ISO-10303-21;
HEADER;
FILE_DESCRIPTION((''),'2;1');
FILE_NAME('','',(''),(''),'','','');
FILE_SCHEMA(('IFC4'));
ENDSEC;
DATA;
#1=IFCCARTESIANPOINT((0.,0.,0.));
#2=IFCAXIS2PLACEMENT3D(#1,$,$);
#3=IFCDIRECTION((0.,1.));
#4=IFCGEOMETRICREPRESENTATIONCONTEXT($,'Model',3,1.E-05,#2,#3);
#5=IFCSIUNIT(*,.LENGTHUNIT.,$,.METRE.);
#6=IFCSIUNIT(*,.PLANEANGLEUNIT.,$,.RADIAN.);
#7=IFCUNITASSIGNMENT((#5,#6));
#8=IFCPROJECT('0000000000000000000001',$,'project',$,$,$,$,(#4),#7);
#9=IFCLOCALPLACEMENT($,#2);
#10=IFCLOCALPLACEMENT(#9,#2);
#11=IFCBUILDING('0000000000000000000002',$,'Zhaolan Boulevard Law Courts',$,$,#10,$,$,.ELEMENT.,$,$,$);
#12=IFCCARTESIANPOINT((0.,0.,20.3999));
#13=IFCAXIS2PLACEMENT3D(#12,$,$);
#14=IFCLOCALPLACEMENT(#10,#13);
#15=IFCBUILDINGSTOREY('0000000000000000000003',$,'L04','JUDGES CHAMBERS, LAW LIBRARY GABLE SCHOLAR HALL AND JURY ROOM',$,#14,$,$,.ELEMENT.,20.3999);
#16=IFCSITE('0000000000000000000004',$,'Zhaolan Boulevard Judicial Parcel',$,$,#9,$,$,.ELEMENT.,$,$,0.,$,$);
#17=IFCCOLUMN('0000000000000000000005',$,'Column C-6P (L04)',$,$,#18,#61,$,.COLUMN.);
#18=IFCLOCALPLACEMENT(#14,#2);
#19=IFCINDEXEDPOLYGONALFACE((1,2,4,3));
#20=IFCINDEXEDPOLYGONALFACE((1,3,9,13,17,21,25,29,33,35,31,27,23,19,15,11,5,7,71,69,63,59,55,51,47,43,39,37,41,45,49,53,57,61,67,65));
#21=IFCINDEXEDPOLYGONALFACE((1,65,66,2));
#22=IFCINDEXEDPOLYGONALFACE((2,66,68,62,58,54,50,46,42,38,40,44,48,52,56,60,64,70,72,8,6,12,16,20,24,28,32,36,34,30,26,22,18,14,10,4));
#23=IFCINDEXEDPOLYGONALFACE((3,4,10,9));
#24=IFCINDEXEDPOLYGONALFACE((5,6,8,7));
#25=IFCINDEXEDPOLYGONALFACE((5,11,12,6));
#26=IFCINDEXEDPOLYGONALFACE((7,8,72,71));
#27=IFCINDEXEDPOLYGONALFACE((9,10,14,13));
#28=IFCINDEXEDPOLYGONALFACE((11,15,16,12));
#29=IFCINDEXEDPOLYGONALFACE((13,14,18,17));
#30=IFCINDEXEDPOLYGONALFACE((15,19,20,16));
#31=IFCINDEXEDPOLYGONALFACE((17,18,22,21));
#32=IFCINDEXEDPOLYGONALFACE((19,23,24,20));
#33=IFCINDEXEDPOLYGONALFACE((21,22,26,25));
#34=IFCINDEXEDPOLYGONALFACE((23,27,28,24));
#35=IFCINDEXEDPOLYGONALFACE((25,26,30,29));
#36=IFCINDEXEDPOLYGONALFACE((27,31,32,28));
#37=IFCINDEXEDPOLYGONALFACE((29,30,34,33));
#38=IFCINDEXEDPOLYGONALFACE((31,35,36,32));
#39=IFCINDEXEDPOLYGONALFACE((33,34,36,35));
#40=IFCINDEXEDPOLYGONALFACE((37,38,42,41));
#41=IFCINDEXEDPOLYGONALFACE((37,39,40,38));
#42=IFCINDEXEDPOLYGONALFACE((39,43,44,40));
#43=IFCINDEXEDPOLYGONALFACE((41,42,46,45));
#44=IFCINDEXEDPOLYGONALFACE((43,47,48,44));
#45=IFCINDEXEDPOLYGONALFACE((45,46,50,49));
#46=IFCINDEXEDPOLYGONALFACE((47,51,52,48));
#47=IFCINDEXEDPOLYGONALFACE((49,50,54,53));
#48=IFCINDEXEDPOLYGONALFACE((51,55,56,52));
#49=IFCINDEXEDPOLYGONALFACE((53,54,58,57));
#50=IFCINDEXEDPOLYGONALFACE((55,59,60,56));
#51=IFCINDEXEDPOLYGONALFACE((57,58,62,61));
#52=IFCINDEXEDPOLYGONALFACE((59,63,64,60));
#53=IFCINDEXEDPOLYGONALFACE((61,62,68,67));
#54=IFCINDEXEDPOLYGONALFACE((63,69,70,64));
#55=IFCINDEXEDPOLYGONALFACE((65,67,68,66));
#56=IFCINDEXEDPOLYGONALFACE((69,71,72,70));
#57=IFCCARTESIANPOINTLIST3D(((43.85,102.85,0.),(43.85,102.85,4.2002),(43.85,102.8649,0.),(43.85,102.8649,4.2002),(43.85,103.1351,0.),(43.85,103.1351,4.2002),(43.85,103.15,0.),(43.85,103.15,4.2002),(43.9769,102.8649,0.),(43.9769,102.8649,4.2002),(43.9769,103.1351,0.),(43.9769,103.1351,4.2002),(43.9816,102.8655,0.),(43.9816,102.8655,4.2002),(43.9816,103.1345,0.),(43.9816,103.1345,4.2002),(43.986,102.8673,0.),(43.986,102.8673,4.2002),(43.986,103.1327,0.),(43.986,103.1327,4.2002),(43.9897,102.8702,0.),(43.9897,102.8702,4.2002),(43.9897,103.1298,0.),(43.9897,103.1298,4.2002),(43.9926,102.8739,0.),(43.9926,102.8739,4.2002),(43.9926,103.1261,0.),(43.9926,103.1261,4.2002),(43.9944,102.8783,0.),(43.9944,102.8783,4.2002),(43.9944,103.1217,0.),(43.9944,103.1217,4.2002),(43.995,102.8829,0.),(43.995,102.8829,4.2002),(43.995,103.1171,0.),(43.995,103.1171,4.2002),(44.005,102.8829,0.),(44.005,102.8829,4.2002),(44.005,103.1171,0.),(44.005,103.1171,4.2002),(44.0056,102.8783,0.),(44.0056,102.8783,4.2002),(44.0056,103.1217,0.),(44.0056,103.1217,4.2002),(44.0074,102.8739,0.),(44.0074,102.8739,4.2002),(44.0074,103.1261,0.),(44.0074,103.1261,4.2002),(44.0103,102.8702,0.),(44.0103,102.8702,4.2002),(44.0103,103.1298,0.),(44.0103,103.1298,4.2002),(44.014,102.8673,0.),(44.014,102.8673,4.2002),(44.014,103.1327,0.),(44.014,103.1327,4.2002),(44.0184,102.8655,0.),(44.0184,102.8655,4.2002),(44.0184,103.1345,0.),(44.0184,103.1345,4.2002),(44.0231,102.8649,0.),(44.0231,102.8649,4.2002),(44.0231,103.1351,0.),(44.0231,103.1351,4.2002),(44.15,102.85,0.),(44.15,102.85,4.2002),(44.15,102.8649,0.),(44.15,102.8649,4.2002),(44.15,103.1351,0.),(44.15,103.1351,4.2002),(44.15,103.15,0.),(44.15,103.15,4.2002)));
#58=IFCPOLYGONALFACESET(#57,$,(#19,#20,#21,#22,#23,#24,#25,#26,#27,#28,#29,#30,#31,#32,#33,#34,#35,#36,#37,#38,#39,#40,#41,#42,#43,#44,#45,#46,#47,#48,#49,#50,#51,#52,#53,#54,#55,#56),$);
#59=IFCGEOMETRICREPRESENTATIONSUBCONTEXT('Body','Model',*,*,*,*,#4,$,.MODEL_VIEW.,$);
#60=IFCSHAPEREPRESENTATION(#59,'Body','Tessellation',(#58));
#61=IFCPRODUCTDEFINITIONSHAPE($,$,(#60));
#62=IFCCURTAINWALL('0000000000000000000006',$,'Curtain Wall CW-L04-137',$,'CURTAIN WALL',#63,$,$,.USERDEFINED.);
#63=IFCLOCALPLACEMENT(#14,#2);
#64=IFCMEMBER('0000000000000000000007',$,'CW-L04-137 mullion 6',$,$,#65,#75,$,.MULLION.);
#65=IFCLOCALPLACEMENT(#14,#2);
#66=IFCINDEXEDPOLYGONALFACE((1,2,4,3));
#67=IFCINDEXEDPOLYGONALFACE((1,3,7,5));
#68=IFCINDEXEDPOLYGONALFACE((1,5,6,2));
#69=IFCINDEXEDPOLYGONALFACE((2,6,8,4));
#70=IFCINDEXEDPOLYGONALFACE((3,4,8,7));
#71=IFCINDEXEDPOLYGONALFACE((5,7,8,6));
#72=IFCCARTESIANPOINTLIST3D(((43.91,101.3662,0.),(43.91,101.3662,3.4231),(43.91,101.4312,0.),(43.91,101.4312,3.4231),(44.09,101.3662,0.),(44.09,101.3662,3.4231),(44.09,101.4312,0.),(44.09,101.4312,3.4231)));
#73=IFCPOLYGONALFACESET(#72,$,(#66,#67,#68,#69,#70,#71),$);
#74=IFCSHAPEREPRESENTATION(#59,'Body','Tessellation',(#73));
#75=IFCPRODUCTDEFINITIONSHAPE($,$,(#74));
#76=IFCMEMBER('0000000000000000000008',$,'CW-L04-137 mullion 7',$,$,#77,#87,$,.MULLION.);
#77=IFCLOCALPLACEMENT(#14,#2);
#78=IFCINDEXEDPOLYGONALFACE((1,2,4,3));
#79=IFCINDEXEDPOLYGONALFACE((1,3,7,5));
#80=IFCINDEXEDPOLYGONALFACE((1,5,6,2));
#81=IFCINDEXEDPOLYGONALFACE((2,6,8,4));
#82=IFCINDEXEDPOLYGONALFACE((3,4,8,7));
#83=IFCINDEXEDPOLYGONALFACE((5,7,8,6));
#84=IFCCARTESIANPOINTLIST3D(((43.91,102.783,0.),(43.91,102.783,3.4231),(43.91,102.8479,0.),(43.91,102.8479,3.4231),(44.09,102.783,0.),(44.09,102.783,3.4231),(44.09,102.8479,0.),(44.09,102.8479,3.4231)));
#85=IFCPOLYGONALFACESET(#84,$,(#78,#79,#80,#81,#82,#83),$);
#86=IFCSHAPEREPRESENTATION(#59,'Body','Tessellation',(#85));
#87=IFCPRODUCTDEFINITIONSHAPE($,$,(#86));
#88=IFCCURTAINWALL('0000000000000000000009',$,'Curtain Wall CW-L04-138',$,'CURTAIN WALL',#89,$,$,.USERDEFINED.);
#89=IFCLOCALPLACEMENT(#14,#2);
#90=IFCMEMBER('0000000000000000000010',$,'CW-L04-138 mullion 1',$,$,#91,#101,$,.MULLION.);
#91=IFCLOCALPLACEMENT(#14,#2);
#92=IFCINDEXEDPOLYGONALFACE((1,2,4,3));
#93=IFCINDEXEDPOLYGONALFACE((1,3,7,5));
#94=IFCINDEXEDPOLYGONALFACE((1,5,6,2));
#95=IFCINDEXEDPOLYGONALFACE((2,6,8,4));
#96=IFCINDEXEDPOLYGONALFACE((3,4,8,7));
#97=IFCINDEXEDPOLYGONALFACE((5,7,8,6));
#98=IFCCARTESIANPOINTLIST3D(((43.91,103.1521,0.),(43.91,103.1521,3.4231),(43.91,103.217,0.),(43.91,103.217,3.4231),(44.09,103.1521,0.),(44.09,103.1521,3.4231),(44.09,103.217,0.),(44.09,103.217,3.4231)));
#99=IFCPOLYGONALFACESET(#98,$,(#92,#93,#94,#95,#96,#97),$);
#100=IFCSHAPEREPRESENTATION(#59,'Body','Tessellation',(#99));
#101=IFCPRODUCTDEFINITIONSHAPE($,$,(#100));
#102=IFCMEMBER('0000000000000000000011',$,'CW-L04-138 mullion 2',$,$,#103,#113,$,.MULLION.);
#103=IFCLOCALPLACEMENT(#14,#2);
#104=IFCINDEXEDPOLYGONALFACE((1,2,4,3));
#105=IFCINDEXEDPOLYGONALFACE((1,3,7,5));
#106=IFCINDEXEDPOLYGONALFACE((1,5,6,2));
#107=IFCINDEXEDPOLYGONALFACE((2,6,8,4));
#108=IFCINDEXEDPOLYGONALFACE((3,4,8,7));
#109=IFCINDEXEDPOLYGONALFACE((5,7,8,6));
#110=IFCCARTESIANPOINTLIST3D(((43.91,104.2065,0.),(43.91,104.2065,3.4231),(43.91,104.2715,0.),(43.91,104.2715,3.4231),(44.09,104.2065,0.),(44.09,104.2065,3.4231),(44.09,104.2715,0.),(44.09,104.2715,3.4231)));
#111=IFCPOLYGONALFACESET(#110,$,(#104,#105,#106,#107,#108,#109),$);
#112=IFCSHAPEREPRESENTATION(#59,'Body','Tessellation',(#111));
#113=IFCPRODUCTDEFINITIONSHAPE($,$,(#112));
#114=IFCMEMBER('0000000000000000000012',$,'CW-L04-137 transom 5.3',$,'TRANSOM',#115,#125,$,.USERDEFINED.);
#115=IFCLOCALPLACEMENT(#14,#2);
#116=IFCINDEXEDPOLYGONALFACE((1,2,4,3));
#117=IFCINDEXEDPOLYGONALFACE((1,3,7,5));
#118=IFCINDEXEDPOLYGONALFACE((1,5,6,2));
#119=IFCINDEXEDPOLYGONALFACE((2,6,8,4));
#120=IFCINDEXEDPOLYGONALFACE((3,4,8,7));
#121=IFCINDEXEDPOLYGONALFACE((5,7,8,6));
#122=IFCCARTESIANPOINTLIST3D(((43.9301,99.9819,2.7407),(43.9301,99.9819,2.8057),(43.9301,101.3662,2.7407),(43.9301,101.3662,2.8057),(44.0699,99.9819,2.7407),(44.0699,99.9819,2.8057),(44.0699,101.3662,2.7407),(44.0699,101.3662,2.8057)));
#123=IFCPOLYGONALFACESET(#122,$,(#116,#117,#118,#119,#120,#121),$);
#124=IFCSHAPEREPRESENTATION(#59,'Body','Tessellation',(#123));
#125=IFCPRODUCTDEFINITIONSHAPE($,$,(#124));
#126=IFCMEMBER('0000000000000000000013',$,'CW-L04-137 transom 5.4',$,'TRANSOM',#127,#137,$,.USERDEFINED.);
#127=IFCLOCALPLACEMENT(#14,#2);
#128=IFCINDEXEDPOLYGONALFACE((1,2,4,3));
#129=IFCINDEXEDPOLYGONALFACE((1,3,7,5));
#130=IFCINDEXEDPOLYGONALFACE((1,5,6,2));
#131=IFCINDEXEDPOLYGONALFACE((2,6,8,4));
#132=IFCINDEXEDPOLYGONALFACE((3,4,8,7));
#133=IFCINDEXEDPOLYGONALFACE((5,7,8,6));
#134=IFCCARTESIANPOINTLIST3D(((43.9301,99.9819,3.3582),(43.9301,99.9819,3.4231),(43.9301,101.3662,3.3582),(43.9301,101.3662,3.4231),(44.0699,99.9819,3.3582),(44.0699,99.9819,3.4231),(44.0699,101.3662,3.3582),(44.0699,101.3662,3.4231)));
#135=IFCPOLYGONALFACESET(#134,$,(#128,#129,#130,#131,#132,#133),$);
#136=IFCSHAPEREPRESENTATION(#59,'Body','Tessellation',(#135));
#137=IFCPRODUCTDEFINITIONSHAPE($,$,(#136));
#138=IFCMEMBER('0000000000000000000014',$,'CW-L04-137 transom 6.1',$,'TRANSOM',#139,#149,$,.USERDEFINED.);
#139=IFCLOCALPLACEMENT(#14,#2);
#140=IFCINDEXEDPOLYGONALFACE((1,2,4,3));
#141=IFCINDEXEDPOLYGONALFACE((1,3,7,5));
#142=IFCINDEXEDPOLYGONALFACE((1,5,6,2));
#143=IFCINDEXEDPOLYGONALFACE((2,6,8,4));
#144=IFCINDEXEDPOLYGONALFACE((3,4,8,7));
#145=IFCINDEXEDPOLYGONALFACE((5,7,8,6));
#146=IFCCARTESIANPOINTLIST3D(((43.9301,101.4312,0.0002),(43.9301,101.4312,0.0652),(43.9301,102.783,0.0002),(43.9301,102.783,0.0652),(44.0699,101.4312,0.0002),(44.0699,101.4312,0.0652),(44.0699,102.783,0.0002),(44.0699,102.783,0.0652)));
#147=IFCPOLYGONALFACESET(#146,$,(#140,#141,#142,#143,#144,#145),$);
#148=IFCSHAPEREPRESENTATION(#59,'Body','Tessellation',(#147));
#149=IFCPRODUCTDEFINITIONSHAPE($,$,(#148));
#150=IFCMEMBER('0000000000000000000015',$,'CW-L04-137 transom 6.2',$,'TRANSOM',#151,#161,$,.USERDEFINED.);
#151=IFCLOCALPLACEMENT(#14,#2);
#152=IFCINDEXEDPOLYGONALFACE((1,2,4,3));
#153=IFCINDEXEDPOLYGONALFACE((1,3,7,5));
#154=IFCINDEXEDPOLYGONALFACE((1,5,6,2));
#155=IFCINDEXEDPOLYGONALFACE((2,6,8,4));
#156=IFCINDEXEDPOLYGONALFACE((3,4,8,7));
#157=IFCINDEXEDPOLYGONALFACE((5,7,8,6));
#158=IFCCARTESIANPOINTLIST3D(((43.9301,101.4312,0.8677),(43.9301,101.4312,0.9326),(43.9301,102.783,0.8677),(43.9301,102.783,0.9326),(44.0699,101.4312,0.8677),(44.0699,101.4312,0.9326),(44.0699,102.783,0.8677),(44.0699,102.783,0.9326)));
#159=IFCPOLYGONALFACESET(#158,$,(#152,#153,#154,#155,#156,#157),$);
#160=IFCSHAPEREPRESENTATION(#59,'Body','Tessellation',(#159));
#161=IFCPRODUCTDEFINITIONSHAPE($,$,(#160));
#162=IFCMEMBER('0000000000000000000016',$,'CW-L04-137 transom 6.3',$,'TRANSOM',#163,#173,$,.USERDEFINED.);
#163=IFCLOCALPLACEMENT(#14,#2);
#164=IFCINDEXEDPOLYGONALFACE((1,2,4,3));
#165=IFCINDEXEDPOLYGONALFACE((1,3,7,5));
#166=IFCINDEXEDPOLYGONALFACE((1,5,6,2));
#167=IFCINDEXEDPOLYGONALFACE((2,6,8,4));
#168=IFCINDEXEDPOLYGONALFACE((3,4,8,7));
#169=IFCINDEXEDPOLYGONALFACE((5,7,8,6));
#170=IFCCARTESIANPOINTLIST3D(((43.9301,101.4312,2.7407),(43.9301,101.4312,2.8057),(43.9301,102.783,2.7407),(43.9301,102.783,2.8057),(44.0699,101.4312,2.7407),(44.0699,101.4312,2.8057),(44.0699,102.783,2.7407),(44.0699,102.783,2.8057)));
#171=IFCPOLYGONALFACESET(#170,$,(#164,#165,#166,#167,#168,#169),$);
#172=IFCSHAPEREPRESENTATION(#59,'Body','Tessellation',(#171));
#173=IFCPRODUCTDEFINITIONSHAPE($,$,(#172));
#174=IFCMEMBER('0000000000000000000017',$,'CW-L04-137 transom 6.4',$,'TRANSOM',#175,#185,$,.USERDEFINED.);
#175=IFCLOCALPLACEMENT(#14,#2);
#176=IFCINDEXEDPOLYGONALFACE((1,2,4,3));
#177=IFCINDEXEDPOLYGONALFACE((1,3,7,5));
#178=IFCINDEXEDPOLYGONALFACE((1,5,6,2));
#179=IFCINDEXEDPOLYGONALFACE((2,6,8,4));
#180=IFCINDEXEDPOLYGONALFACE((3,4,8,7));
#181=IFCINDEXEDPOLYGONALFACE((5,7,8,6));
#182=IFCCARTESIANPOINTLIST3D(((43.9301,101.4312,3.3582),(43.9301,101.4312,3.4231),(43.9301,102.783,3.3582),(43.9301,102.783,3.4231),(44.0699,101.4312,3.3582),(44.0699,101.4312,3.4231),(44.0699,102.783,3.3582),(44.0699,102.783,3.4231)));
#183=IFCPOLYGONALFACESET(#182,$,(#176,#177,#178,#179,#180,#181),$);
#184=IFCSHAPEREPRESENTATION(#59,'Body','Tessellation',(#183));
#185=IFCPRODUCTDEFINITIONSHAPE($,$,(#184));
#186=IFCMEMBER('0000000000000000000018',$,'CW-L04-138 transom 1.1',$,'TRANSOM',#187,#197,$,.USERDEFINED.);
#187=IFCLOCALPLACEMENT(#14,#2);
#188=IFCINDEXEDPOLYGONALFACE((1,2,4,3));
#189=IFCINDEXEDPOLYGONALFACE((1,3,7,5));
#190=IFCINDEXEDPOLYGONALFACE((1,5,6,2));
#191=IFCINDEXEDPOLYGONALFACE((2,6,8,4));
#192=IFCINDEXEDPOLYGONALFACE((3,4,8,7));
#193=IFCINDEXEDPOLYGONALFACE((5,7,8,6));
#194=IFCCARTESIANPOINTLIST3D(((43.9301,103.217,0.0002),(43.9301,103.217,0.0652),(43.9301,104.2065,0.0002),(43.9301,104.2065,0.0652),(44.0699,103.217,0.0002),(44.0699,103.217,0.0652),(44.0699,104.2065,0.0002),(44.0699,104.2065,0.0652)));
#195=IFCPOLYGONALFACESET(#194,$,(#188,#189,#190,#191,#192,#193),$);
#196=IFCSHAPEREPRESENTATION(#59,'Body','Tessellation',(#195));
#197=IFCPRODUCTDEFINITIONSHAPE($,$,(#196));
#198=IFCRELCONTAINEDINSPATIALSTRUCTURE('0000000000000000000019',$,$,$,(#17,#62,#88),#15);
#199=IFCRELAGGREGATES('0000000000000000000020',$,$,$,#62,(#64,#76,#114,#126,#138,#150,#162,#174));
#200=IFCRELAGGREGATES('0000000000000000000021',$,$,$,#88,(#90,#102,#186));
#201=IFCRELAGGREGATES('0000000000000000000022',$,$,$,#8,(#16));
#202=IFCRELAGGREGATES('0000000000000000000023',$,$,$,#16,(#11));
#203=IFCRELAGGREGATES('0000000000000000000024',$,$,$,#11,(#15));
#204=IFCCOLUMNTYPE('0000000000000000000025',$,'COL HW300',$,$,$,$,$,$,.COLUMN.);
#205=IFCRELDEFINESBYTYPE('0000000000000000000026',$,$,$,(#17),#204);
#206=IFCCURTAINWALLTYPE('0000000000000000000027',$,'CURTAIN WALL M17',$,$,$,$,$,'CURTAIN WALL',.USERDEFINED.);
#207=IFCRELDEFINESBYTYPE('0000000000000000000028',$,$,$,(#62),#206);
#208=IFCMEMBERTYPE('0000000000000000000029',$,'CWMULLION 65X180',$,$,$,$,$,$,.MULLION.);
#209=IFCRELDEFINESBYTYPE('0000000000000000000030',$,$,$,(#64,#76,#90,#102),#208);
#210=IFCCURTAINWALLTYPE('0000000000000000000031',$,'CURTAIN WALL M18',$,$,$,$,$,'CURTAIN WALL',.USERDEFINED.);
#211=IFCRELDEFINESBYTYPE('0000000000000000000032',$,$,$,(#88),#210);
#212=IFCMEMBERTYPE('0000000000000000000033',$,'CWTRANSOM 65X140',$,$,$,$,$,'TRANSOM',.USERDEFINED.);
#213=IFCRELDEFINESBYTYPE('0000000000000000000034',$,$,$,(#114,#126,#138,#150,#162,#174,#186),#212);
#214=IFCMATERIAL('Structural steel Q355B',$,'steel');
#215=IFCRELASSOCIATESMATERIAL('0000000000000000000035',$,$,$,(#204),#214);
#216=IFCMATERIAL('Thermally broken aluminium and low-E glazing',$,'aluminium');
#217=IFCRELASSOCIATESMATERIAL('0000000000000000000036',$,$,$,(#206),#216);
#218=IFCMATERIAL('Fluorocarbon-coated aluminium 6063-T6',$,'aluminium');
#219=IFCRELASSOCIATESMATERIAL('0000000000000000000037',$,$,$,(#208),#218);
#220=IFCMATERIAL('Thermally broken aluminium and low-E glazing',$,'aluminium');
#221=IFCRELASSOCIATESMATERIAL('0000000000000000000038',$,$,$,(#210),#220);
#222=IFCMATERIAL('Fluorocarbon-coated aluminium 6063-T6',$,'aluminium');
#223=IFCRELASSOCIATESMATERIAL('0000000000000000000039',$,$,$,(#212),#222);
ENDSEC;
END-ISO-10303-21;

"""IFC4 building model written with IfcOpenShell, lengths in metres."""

from ifc_helpers import new_model, si_unit, direction, frame, origin, origin_2d, place, context, subcontext, project, spatial, rectangle, i_section, extrude, material, material_profile, profile_set, type_object, element, aggregate, save


model = new_model("IFC4")

# Units and contexts
model_context = context("Model", 3, precision=1e-05, world=origin(), true_north=direction((0.0, 1.0)))
body_context = subcontext(model_context, "Body", "Model", "MODEL_VIEW")
ifc_project = project(units=[si_unit("LENGTHUNIT", "METRE"), si_unit("PLANEANGLEUNIT", "RADIAN")], contexts=[model_context])

# Site, building, storey
site_placement = place(None, origin())
site = spatial("IfcSite", under=ifc_project, at=site_placement, Name="Zhaolan Boulevard Judicial Parcel", CompositionType="ELEMENT", RefElevation=0.0)
building_placement = place(site_placement, origin())
building = spatial("IfcBuilding", under=site, at=building_placement, Name="Zhaolan Boulevard Law Courts", CompositionType="ELEMENT")
storey_placement = place(building_placement, frame((0.0, 0.0, 20.3999)))
storey = spatial("IfcBuildingStorey", under=building, at=storey_placement, Name="L04", Description="JUDGES CHAMBERS, LAW LIBRARY GABLE SCHOLAR HALL AND JURY ROOM", CompositionType="ELEMENT", Elevation=20.3999)

# Column
ifc_material_1 = material(Name="Structural steel Q355B", Category="steel")
ifc_material_profile_1 = material_profile(ifc_material_1, i_section(OverallWidth=0.3, OverallDepth=0.3, WebThickness=0.01, FlangeThickness=0.0149, FilletRadius=0.0181, at=origin_2d()), Name="HW300x300")
ifc_profile_set_1 = profile_set([ifc_material_profile_1], Name="Structural steel Q355B")
column_type = type_object("IfcColumnType", Name="COL HW300", PredefinedType="COLUMN", material=ifc_profile_set_1)
column_placement = place(storey_placement, frame((44.0, 103.0, 0.0), z_axis=(0.0, 0.0, 1.0), x_axis=(1.0, 0.0, 0.0)))
element("IfcColumn", 1, at=column_placement, inside=storey, type_object=column_type, Name="Column C-6P (L04)", PredefinedType="COLUMN", context=body_context, shape_type="SweptSolid", body=[
    extrude(i_section(OverallWidth=0.3, OverallDepth=0.3, WebThickness=0.01, FlangeThickness=0.0149, FilletRadius=0.0181, at=origin_2d()), origin(), (0.0, 0.0, 1.0), 4.2002),
])

# Curtain walls, members
ifc_material_2 = material(Name="Thermally broken aluminium and low-E glazing", Category="aluminium")
curtain_wall_type_1 = type_object("IfcCurtainWallType", Name="CURTAIN WALL M17", ElementType="CURTAIN WALL", PredefinedType="USERDEFINED", material=ifc_material_2)
curtain_wall_1_placement = place(storey_placement, origin())
curtain_wall_1 = element("IfcCurtainWall", 2, at=curtain_wall_1_placement, inside=storey, type_object=curtain_wall_type_1, Name="Curtain Wall CW-L04-137", ObjectType="CURTAIN WALL", PredefinedType="USERDEFINED")
ifc_material_3 = material(Name="Fluorocarbon-coated aluminium 6063-T6", Category="aluminium")
ifc_material_profile_2 = material_profile(ifc_material_3, rectangle(XDim=0.1799, YDim=0.0649, at=origin_2d()), Name="AL65x180")
ifc_profile_set_2 = profile_set([ifc_material_profile_2], Name="Fluorocarbon-coated aluminium 6063-T6")
member_type_1 = type_object("IfcMemberType", Name="CWMULLION 65X180", PredefinedType="MULLION", material=ifc_profile_set_2)
member_1_placement = place(storey_placement, frame((44.0, 101.3987, 0.0), z_axis=(0.0, 0.0, 1.0), x_axis=(-1.0, 0.0, 0.0)))
member_1 = element("IfcMember", 3, at=member_1_placement, type_object=member_type_1, Name="CW-L04-137 mullion 6", PredefinedType="MULLION", context=body_context, shape_type="SweptSolid", body=[
    extrude(rectangle(XDim=0.1799, YDim=0.0649, at=origin_2d()), origin(), (0.0, 0.0, 1.0), 3.4231),
])
member_2_placement = place(storey_placement, frame((44.0, 102.8154, 0.0), z_axis=(0.0, 0.0, 1.0), x_axis=(-1.0, 0.0, 0.0)))
member_2 = element("IfcMember", 4, at=member_2_placement, type_object=member_type_1, Name="CW-L04-137 mullion 7", PredefinedType="MULLION", context=body_context, shape_type="SweptSolid", body=[
    extrude(rectangle(XDim=0.1799, YDim=0.0649, at=origin_2d()), origin(), (0.0, 0.0, 1.0), 3.4231),
])
ifc_material_4 = material(Name="Thermally broken aluminium and low-E glazing", Category="aluminium")
curtain_wall_type_2 = type_object("IfcCurtainWallType", Name="CURTAIN WALL M18", ElementType="CURTAIN WALL", PredefinedType="USERDEFINED", material=ifc_material_4)
curtain_wall_2_placement = place(storey_placement, origin())
curtain_wall_2 = element("IfcCurtainWall", 5, at=curtain_wall_2_placement, inside=storey, type_object=curtain_wall_type_2, Name="Curtain Wall CW-L04-138", ObjectType="CURTAIN WALL", PredefinedType="USERDEFINED")
member_3_placement = place(storey_placement, frame((44.0, 103.1846, 0.0), z_axis=(0.0, 0.0, 1.0), x_axis=(-1.0, 0.0, 0.0)))
member_3 = element("IfcMember", 6, at=member_3_placement, type_object=member_type_1, Name="CW-L04-138 mullion 1", PredefinedType="MULLION", context=body_context, shape_type="SweptSolid", body=[
    extrude(rectangle(XDim=0.1799, YDim=0.0649, at=origin_2d()), origin(), (0.0, 0.0, 1.0), 3.4231),
])
member_4_placement = place(storey_placement, frame((44.0, 104.239, 0.0), z_axis=(0.0, 0.0, 1.0), x_axis=(-1.0, 0.0, 0.0)))
member_4 = element("IfcMember", 7, at=member_4_placement, type_object=member_type_1, Name="CW-L04-138 mullion 2", PredefinedType="MULLION", context=body_context, shape_type="SweptSolid", body=[
    extrude(rectangle(XDim=0.1799, YDim=0.0649, at=origin_2d()), origin(), (0.0, 0.0, 1.0), 3.4231),
])

# Members
ifc_material_5 = material(Name="Fluorocarbon-coated aluminium 6063-T6", Category="aluminium")
ifc_material_profile_3 = material_profile(ifc_material_5, rectangle(XDim=0.1399, YDim=0.0649, at=origin_2d()), Name="AL65x140")
ifc_profile_set_3 = profile_set([ifc_material_profile_3], Name="Fluorocarbon-coated aluminium 6063-T6")
member_type_2 = type_object("IfcMemberType", Name="CWTRANSOM 65X140", ElementType="TRANSOM", PredefinedType="USERDEFINED", material=ifc_profile_set_3)
member_5_placement = place(storey_placement, frame((44.0, 99.9819, 2.7732), z_axis=(0.0, 1.0, 0.0), x_axis=(-1.0, 0.0, 0.0)))
member_5 = element("IfcMember", 8, at=member_5_placement, type_object=member_type_2, Name="CW-L04-137 transom 5.3", ObjectType="TRANSOM", PredefinedType="USERDEFINED", context=body_context, shape_type="SweptSolid", body=[
    extrude(rectangle(XDim=0.1399, YDim=0.0649, at=origin_2d()), origin(), (0.0, 0.0, 1.0), 1.3843),
])
member_6_placement = place(storey_placement, frame((44.0, 99.9819, 3.3906), z_axis=(0.0, 1.0, 0.0), x_axis=(-1.0, 0.0, 0.0)))
member_6 = element("IfcMember", 9, at=member_6_placement, type_object=member_type_2, Name="CW-L04-137 transom 5.4", ObjectType="TRANSOM", PredefinedType="USERDEFINED", context=body_context, shape_type="SweptSolid", body=[
    extrude(rectangle(XDim=0.1399, YDim=0.0649, at=origin_2d()), origin(), (0.0, 0.0, 1.0), 1.3843),
])
member_7_placement = place(storey_placement, frame((44.0, 101.4312, 0.0327), z_axis=(0.0, 1.0, 0.0), x_axis=(-1.0, 0.0, 0.0)))
member_7 = element("IfcMember", 10, at=member_7_placement, type_object=member_type_2, Name="CW-L04-137 transom 6.1", ObjectType="TRANSOM", PredefinedType="USERDEFINED", context=body_context, shape_type="SweptSolid", body=[
    extrude(rectangle(XDim=0.1399, YDim=0.0649, at=origin_2d()), origin(), (0.0, 0.0, 1.0), 1.3518),
])
member_8_placement = place(storey_placement, frame((44.0, 101.4312, 0.9001), z_axis=(0.0, 1.0, 0.0), x_axis=(-1.0, 0.0, 0.0)))
member_8 = element("IfcMember", 11, at=member_8_placement, type_object=member_type_2, Name="CW-L04-137 transom 6.2", ObjectType="TRANSOM", PredefinedType="USERDEFINED", context=body_context, shape_type="SweptSolid", body=[
    extrude(rectangle(XDim=0.1399, YDim=0.0649, at=origin_2d()), origin(), (0.0, 0.0, 1.0), 1.3518),
])
member_9_placement = place(storey_placement, frame((44.0, 101.4312, 2.7732), z_axis=(0.0, 1.0, 0.0), x_axis=(-1.0, 0.0, 0.0)))
member_9 = element("IfcMember", 12, at=member_9_placement, type_object=member_type_2, Name="CW-L04-137 transom 6.3", ObjectType="TRANSOM", PredefinedType="USERDEFINED", context=body_context, shape_type="SweptSolid", body=[
    extrude(rectangle(XDim=0.1399, YDim=0.0649, at=origin_2d()), origin(), (0.0, 0.0, 1.0), 1.3518),
])
member_10_placement = place(storey_placement, frame((44.0, 101.4312, 3.3906), z_axis=(0.0, 1.0, 0.0), x_axis=(-1.0, 0.0, 0.0)))
member_10 = element("IfcMember", 13, at=member_10_placement, type_object=member_type_2, Name="CW-L04-137 transom 6.4", ObjectType="TRANSOM", PredefinedType="USERDEFINED", context=body_context, shape_type="SweptSolid", body=[
    extrude(rectangle(XDim=0.1399, YDim=0.0649, at=origin_2d()), origin(), (0.0, 0.0, 1.0), 1.3518),
])
member_11_placement = place(storey_placement, frame((44.0, 103.217, 0.0327), z_axis=(0.0, 1.0, 0.0), x_axis=(-1.0, 0.0, 0.0)))
member_11 = element("IfcMember", 14, at=member_11_placement, type_object=member_type_2, Name="CW-L04-138 transom 1.1", ObjectType="TRANSOM", PredefinedType="USERDEFINED", context=body_context, shape_type="SweptSolid", body=[
    extrude(rectangle(XDim=0.1399, YDim=0.0649, at=origin_2d()), origin(), (0.0, 0.0, 1.0), 0.9895),
])

aggregate(curtain_wall_1, [member_1, member_2, member_5, member_6, member_7, member_8, member_9, member_10])
aggregate(curtain_wall_2, [member_3, member_4, member_11])

save(model, "model.ifc")
